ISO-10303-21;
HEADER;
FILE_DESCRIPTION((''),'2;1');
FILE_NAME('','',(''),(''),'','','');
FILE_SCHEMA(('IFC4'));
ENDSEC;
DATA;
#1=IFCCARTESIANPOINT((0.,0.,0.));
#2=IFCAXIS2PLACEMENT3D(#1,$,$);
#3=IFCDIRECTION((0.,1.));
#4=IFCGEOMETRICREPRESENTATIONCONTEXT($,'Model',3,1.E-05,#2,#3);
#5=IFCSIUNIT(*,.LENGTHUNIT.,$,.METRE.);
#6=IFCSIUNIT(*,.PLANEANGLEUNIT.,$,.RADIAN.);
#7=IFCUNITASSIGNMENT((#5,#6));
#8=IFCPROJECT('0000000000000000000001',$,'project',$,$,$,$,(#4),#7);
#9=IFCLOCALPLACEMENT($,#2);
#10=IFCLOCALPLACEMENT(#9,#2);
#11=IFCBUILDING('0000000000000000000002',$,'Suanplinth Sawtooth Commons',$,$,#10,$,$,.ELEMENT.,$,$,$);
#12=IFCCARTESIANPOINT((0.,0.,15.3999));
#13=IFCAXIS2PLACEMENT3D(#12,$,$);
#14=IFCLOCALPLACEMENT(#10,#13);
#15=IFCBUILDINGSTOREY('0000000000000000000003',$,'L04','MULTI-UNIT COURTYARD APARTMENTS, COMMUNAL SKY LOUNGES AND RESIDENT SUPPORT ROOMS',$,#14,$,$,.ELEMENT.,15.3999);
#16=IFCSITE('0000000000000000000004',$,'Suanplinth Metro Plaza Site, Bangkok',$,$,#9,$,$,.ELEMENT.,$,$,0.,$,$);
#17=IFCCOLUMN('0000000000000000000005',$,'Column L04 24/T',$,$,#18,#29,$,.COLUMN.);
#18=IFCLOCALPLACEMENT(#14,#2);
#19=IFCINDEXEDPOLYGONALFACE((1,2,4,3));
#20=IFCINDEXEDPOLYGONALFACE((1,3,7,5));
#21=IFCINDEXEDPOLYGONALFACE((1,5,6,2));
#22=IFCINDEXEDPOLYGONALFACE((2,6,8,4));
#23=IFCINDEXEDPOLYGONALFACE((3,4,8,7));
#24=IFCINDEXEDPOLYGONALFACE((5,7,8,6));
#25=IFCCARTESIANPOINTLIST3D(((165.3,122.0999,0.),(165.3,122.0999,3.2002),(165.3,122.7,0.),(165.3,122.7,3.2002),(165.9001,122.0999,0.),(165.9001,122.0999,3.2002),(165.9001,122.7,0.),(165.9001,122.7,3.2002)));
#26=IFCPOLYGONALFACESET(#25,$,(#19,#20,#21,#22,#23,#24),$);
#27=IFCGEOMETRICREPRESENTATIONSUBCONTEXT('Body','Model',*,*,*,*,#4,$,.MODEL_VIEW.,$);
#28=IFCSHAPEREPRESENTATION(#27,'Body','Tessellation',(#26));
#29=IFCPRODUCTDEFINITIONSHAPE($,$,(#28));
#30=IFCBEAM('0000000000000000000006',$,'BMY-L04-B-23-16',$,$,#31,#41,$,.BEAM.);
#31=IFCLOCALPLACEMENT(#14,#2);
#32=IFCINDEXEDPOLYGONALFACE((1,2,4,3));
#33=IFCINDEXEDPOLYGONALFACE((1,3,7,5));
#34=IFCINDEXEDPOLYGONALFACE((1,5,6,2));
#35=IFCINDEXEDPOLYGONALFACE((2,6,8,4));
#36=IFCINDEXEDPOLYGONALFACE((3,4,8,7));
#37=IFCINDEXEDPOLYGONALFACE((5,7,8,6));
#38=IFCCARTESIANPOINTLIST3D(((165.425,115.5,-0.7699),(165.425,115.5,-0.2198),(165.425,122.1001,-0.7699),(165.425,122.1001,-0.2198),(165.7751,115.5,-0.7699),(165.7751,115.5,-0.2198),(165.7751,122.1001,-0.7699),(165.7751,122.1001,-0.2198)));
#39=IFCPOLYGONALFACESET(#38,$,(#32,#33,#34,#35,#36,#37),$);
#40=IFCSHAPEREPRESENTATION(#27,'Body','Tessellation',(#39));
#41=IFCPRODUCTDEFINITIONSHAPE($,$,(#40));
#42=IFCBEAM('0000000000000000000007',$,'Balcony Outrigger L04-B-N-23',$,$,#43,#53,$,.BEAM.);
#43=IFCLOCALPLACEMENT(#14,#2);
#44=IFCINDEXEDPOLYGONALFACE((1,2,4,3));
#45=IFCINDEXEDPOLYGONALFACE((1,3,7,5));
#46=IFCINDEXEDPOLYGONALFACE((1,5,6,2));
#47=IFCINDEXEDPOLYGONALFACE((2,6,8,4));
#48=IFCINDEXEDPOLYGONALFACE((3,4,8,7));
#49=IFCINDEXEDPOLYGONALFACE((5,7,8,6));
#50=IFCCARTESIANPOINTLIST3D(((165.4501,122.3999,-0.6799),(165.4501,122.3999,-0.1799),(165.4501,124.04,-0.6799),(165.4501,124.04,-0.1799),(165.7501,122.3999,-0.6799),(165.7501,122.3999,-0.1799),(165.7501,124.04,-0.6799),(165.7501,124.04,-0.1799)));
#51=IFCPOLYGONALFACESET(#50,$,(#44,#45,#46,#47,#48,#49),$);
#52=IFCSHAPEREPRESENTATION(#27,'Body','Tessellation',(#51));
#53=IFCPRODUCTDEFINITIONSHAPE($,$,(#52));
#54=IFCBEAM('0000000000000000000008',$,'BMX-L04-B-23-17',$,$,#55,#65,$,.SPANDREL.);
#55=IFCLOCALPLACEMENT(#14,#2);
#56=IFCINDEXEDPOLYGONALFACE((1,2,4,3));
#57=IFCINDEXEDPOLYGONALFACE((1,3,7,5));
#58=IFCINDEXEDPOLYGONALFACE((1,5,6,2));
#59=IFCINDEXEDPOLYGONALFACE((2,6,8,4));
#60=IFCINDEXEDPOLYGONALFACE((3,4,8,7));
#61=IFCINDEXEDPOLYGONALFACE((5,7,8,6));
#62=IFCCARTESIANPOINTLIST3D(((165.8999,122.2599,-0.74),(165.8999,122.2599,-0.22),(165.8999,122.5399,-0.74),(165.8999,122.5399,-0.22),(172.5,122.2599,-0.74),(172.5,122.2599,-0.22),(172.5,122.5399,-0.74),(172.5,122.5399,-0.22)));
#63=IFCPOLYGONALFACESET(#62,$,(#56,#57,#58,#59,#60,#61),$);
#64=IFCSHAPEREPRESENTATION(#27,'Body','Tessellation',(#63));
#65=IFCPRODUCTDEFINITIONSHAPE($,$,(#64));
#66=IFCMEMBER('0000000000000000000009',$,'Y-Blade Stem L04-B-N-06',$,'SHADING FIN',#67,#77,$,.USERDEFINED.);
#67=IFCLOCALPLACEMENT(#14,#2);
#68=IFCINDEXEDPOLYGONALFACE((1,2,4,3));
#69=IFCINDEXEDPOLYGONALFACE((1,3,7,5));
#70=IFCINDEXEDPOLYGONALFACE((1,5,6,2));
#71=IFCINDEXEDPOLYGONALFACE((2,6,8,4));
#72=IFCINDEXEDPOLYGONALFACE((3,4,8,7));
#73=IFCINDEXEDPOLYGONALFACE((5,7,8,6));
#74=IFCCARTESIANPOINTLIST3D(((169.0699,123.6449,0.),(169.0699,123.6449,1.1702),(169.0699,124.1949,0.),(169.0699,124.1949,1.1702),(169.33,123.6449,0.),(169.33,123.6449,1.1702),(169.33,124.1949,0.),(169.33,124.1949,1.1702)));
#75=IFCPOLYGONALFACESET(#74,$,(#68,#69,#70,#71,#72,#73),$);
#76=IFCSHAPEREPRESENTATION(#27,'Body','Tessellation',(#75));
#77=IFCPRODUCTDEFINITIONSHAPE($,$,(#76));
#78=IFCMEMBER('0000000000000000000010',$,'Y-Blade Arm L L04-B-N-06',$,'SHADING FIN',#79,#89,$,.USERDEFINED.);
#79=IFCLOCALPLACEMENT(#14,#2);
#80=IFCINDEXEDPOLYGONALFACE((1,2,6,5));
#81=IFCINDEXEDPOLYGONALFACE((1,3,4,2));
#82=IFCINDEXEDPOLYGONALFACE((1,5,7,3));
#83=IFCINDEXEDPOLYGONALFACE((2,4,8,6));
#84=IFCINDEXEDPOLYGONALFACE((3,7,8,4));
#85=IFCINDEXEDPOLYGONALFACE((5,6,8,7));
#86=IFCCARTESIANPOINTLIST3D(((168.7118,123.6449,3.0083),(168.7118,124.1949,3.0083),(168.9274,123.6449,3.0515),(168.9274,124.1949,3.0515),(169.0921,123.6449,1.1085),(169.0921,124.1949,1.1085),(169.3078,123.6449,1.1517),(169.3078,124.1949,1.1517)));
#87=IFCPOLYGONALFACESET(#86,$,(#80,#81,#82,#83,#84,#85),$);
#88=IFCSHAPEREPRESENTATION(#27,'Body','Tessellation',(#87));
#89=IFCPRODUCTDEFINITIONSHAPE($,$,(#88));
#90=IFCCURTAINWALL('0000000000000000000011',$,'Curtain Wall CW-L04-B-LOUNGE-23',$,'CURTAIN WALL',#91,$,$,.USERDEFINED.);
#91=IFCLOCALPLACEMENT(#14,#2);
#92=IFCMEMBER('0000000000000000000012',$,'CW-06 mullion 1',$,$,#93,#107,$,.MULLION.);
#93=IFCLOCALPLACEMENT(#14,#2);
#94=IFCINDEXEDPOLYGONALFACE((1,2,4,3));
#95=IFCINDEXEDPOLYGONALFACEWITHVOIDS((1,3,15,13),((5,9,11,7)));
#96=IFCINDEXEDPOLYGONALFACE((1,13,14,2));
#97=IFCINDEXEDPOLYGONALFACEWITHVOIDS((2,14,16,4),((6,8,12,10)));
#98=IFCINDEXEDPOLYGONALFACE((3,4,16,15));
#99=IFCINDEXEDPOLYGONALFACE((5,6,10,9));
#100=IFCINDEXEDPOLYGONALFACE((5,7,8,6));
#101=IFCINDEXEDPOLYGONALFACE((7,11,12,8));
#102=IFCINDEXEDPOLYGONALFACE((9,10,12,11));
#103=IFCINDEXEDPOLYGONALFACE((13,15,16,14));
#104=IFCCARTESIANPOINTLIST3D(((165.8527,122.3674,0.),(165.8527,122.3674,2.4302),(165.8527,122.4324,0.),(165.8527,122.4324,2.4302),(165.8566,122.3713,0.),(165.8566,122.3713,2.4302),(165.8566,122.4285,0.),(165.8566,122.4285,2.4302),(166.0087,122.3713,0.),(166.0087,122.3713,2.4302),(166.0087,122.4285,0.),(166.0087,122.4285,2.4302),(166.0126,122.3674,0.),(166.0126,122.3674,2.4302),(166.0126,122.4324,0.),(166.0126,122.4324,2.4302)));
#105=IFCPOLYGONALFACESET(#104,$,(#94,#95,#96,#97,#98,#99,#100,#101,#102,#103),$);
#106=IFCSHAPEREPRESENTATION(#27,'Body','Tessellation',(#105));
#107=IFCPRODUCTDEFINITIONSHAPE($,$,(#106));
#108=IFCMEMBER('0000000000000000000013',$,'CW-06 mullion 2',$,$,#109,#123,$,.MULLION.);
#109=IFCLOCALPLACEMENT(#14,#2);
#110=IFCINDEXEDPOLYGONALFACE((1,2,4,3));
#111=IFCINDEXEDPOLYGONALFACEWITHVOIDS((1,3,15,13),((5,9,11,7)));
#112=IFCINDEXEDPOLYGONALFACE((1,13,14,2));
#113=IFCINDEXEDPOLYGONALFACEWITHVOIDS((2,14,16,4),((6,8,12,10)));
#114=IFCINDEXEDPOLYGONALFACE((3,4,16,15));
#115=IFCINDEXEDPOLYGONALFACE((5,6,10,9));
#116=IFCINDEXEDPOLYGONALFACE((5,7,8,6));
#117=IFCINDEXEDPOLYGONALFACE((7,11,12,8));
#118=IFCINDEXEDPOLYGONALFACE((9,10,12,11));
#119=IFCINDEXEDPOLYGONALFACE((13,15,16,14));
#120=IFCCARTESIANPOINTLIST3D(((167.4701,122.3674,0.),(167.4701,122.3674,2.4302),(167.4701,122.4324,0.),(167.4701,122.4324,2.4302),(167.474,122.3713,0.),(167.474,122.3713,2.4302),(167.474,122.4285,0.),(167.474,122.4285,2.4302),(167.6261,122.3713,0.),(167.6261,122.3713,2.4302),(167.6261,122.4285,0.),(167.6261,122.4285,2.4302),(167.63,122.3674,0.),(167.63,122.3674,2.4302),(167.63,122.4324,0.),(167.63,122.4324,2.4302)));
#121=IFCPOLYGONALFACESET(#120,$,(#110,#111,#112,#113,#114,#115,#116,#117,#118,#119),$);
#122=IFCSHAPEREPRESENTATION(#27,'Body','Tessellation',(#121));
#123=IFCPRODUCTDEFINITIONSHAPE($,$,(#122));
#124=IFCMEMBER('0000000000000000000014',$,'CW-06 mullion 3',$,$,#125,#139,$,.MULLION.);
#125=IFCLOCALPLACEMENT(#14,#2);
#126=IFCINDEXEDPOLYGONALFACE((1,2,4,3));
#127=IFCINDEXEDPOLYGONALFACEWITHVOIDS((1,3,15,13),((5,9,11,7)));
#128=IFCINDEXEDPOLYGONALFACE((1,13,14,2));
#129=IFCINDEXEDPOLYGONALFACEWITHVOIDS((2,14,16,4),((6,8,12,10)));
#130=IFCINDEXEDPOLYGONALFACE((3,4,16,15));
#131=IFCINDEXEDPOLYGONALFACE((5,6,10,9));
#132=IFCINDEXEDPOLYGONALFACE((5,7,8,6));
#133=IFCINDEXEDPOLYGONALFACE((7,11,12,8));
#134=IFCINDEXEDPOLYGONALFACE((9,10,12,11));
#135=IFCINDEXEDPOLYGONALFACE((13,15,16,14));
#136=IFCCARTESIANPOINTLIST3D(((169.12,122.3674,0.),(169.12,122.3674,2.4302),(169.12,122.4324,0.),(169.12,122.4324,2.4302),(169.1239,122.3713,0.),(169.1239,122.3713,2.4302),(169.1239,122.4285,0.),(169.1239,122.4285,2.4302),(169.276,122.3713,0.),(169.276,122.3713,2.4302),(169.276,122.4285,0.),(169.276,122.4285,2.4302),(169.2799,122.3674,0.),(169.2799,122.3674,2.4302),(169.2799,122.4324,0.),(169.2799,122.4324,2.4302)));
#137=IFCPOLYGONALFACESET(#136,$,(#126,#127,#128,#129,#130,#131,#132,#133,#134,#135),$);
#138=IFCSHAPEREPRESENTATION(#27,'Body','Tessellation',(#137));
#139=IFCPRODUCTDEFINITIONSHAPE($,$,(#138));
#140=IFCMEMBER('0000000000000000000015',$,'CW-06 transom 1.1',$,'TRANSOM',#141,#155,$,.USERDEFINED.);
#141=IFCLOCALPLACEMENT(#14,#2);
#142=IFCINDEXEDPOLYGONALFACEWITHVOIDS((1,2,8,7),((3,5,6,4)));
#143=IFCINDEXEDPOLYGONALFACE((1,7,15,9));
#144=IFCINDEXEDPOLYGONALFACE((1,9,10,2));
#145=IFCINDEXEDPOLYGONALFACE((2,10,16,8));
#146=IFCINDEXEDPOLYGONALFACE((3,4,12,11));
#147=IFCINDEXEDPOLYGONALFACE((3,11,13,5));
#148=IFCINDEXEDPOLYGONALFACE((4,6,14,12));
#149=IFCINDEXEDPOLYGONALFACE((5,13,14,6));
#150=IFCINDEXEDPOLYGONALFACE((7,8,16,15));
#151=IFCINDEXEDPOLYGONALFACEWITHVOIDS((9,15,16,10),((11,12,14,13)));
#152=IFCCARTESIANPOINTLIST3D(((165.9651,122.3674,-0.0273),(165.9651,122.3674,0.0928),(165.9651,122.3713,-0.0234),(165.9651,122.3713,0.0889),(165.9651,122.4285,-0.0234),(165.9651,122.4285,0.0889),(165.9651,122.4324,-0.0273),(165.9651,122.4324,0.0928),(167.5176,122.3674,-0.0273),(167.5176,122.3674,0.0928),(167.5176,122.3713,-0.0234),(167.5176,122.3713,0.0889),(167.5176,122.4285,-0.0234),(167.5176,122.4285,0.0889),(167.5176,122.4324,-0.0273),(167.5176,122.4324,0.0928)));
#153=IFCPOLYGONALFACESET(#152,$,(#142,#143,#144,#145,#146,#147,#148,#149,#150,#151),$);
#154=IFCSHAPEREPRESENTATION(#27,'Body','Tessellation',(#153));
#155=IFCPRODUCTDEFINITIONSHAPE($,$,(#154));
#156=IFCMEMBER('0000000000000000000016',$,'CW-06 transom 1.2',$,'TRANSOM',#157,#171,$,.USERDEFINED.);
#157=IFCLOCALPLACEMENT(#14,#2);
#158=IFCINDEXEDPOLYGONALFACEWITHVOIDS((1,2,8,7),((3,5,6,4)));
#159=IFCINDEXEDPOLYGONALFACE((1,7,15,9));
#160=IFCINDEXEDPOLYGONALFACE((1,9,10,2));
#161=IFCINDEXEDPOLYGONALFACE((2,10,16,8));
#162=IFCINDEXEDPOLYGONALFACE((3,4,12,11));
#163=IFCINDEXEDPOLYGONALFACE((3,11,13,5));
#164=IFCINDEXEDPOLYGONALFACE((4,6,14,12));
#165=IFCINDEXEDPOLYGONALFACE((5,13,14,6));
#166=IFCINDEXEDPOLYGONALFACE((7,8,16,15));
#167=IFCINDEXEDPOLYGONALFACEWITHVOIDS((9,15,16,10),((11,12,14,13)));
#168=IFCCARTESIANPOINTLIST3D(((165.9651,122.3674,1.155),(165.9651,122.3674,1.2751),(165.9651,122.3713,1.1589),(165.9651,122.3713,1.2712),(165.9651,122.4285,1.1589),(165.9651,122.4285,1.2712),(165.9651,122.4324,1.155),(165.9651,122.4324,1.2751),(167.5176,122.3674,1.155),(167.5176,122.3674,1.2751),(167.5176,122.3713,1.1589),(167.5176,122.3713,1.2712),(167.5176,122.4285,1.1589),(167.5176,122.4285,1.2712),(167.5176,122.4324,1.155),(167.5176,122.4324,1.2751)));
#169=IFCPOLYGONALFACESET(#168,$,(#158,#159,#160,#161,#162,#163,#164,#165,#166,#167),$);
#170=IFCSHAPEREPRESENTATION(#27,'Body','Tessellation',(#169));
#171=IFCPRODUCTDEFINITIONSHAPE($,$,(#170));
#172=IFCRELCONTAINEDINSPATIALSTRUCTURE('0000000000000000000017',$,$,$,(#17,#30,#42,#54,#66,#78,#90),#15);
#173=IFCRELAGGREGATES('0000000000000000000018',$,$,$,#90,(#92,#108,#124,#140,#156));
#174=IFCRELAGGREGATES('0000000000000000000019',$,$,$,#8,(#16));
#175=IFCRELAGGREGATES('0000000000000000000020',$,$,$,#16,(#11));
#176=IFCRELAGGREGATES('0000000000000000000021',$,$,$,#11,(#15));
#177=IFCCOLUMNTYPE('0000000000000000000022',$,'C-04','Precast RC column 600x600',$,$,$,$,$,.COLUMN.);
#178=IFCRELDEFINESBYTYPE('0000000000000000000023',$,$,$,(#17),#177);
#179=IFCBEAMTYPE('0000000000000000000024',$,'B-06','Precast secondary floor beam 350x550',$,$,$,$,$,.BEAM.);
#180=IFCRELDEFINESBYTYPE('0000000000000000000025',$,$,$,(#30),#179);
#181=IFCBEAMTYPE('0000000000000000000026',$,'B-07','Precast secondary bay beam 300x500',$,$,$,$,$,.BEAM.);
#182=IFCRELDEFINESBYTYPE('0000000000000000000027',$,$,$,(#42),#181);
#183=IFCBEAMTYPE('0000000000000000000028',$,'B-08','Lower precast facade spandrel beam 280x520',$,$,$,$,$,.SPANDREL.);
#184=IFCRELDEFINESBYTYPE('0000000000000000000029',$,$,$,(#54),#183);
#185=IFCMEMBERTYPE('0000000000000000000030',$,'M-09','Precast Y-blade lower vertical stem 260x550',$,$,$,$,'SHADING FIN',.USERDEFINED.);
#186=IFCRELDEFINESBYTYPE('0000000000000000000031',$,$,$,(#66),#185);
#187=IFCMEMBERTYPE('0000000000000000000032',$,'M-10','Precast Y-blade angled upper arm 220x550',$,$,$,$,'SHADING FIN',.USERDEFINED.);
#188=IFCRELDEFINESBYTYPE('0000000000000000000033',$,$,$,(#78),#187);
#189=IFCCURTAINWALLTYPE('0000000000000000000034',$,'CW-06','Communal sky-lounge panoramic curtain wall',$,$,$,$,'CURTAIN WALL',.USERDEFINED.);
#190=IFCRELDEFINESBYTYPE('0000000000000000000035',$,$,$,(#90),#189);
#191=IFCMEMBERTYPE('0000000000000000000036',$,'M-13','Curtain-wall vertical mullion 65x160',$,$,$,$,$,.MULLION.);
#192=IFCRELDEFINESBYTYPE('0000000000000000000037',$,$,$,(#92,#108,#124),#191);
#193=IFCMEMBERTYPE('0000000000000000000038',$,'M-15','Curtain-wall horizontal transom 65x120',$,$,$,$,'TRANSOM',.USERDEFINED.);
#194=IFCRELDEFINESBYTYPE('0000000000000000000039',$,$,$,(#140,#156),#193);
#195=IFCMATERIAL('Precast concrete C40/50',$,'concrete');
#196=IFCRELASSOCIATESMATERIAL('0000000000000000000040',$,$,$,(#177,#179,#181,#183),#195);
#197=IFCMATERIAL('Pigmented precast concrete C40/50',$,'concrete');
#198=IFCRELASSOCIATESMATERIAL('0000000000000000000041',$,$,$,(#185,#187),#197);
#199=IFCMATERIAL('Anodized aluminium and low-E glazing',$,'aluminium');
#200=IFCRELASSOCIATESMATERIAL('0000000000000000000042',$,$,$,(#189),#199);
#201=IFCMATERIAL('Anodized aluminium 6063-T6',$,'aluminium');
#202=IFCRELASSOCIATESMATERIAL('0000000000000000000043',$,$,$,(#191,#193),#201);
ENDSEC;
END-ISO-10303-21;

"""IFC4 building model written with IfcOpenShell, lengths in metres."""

from ifc_helpers import new_model, si_unit, direction, frame, origin, origin_2d, place, context, subcontext, project, spatial, rectangle, hollow_rectangle, extrude, material, material_profile, profile_set, type_object, element, aggregate, save


model = new_model("IFC4")

# Units and contexts
model_context = context("Model", 3, precision=1e-05, world=origin(), true_north=direction((0.0, 1.0)))
body_context = subcontext(model_context, "Body", "Model", "MODEL_VIEW")
ifc_project = project(units=[si_unit("LENGTHUNIT", "METRE"), si_unit("PLANEANGLEUNIT", "RADIAN")], contexts=[model_context])

# Site, building, storey
site_placement = place(None, origin())
site = spatial("IfcSite", under=ifc_project, at=site_placement, Name="Suanplinth Metro Plaza Site, Bangkok", CompositionType="ELEMENT", RefElevation=0.0)
building_placement = place(site_placement, origin())
building = spatial("IfcBuilding", under=site, at=building_placement, Name="Suanplinth Sawtooth Commons", CompositionType="ELEMENT")
storey_placement = place(building_placement, frame((0.0, 0.0, 15.3999)))
storey = spatial("IfcBuildingStorey", under=building, at=storey_placement, Name="L04", Description="MULTI-UNIT COURTYARD APARTMENTS, COMMUNAL SKY LOUNGES AND RESIDENT SUPPORT ROOMS", CompositionType="ELEMENT", Elevation=15.3999)

# Column
ifc_material_1 = material(Name="Precast concrete C40/50", Category="concrete")
ifc_material_profile_1 = material_profile(ifc_material_1, rectangle(XDim=0.6001, YDim=0.6001, at=origin_2d()), Name="PC-COL 600x600")
ifc_profile_set_1 = profile_set([ifc_material_profile_1], Name="Precast concrete C40/50")
column_type = type_object("IfcColumnType", Name="C-04", Description="Precast RC column 600x600", PredefinedType="COLUMN", material=ifc_profile_set_1)
column_placement = place(storey_placement, frame((165.6001, 122.3999, 0.0), z_axis=(0.0, 0.0, 1.0), x_axis=(1.0, 0.0, 0.0)))
element("IfcColumn", 1, at=column_placement, inside=storey, type_object=column_type, Name="Column L04 24/T", PredefinedType="COLUMN", context=body_context, shape_type="SweptSolid", body=[
    extrude(rectangle(XDim=0.6001, YDim=0.6001, at=origin_2d()), origin(), (0.0, 0.0, 1.0), 3.2002),
])

# Beams
ifc_material_profile_2 = material_profile(ifc_material_1, rectangle(XDim=0.3501, YDim=0.55, at=origin_2d()), Name="PC-BM 350x550")
ifc_profile_set_2 = profile_set([ifc_material_profile_2], Name="Precast concrete C40/50")
beam_type_1 = type_object("IfcBeamType", Name="B-06", Description="Precast secondary floor beam 350x550", PredefinedType="BEAM", material=ifc_profile_set_2)
beam_1_placement = place(storey_placement, frame((165.6001, 115.5, -0.4949), z_axis=(0.0, 1.0, 0.0), x_axis=(-1.0, 0.0, 0.0)))
element("IfcBeam", 2, at=beam_1_placement, inside=storey, type_object=beam_type_1, Name="BMY-L04-B-23-16", PredefinedType="BEAM", context=body_context, shape_type="SweptSolid", body=[
    extrude(rectangle(XDim=0.3501, YDim=0.55, at=origin_2d()), origin(), (0.0, 0.0, 1.0), 6.6001),
])
ifc_material_profile_3 = material_profile(ifc_material_1, rectangle(XDim=0.3, YDim=0.5, at=origin_2d()), Name="PC-BM 300x500")
ifc_profile_set_3 = profile_set([ifc_material_profile_3], Name="Precast concrete C40/50")
beam_type_2 = type_object("IfcBeamType", Name="B-07", Description="Precast secondary bay beam 300x500", PredefinedType="BEAM", material=ifc_profile_set_3)
beam_2_placement = place(storey_placement, frame((165.6001, 122.3999, -0.4299), z_axis=(0.0, 1.0, 0.0), x_axis=(-1.0, 0.0, 0.0)))
element("IfcBeam", 3, at=beam_2_placement, inside=storey, type_object=beam_type_2, Name="Balcony Outrigger L04-B-N-23", PredefinedType="BEAM", context=body_context, shape_type="SweptSolid", body=[
    extrude(rectangle(XDim=0.3, YDim=0.5, at=origin_2d()), origin(), (0.0, 0.0, 1.0), 1.6401),
])
ifc_material_profile_4 = material_profile(ifc_material_1, rectangle(XDim=0.28, YDim=0.52, at=origin_2d()), Name="PC-SP 280x520")
ifc_profile_set_4 = profile_set([ifc_material_profile_4], Name="Precast concrete C40/50")
beam_type_3 = type_object("IfcBeamType", Name="B-08", Description="Lower precast facade spandrel beam 280x520", PredefinedType="SPANDREL", material=ifc_profile_set_4)
beam_3_placement = place(storey_placement, frame((165.8999, 122.3999, -0.48), z_axis=(1.0, 0.0, 0.0), x_axis=(0.0, 1.0, 0.0)))
element("IfcBeam", 4, at=beam_3_placement, inside=storey, type_object=beam_type_3, Name="BMX-L04-B-23-17", PredefinedType="SPANDREL", context=body_context, shape_type="SweptSolid", body=[
    extrude(rectangle(XDim=0.28, YDim=0.52, at=origin_2d()), origin(), (0.0, 0.0, 1.0), 6.6001),
])

# Members
ifc_material_2 = material(Name="Pigmented precast concrete C40/50", Category="concrete")
ifc_material_profile_5 = material_profile(ifc_material_2, rectangle(XDim=0.26, YDim=0.55, at=origin_2d()), Name="PC-FIN 260x550")
ifc_profile_set_5 = profile_set([ifc_material_profile_5], Name="Pigmented precast concrete C40/50")
member_type_1 = type_object("IfcMemberType", Name="M-09", Description="Precast Y-blade lower vertical stem 260x550", ElementType="SHADING FIN", PredefinedType="USERDEFINED", material=ifc_profile_set_5)
member_1_placement = place(storey_placement, frame((169.2, 123.9199, 0.0), z_axis=(0.0, 0.0, 1.0), x_axis=(1.0, 0.0, 0.0)))
element("IfcMember", 5, at=member_1_placement, inside=storey, type_object=member_type_1, Name="Y-Blade Stem L04-B-N-06", ObjectType="SHADING FIN", PredefinedType="USERDEFINED", context=body_context, shape_type="SweptSolid", body=[
    extrude(rectangle(XDim=0.26, YDim=0.55, at=origin_2d()), origin(), (0.0, 0.0, 1.0), 1.1702),
])
ifc_material_profile_6 = material_profile(ifc_material_2, rectangle(XDim=0.22, YDim=0.55, at=origin_2d()), Name="PC-FIN 220x550")
ifc_profile_set_6 = profile_set([ifc_material_profile_6], Name="Pigmented precast concrete C40/50")
member_type_2 = type_object("IfcMemberType", Name="M-10", Description="Precast Y-blade angled upper arm 220x550", ElementType="SHADING FIN", PredefinedType="USERDEFINED", material=ifc_profile_set_6)
member_2_placement = place(storey_placement, frame((169.2, 123.9199, 1.1301), z_axis=(-0.19631, 0.0, 0.980542), x_axis=(0.980542, 0.0, 0.19631)))
element("IfcMember", 6, at=member_2_placement, inside=storey, type_object=member_type_2, Name="Y-Blade Arm L L04-B-N-06", ObjectType="SHADING FIN", PredefinedType="USERDEFINED", context=body_context, shape_type="SweptSolid", body=[
    extrude(rectangle(XDim=0.22, YDim=0.55, at=origin_2d()), origin(), (0.0, 0.0, 1.0), 1.9375),
])

# Curtain wall, members
ifc_material_3 = material(Name="Anodized aluminium and low-E glazing", Category="aluminium")
curtain_wall_type = type_object("IfcCurtainWallType", Name="CW-06", Description="Communal sky-lounge panoramic curtain wall", ElementType="CURTAIN WALL", PredefinedType="USERDEFINED", material=ifc_material_3)
curtain_wall_placement = place(storey_placement, origin())
curtain_wall = element("IfcCurtainWall", 7, at=curtain_wall_placement, inside=storey, type_object=curtain_wall_type, Name="Curtain Wall CW-L04-B-LOUNGE-23", ObjectType="CURTAIN WALL", PredefinedType="USERDEFINED")
ifc_material_4 = material(Name="Anodized aluminium 6063-T6", Category="aluminium")
ifc_material_profile_7 = material_profile(ifc_material_4, hollow_rectangle(XDim=0.0649, YDim=0.1599, WallThickness=0.0039, at=origin_2d()), Name="ALU-MUL 65x160")
ifc_profile_set_7 = profile_set([ifc_material_profile_7], Name="Anodized aluminium 6063-T6")
member_type_3 = type_object("IfcMemberType", Name="M-13", Description="Curtain-wall vertical mullion 65x160", PredefinedType="MULLION", material=ifc_profile_set_7)
member_3_placement = place(storey_placement, frame((165.9326, 122.3999, 0.0), z_axis=(0.0, 0.0, 1.0), x_axis=(0.0, 1.0, 0.0)))
member_3 = element("IfcMember", 8, at=member_3_placement, type_object=member_type_3, Name="CW-06 mullion 1", PredefinedType="MULLION", context=body_context, shape_type="SweptSolid", body=[
    extrude(hollow_rectangle(XDim=0.0649, YDim=0.1599, WallThickness=0.0039, at=origin_2d()), origin(), (0.0, 0.0, 1.0), 2.4302),
])
member_4_placement = place(storey_placement, frame((167.55, 122.3999, 0.0), z_axis=(0.0, 0.0, 1.0), x_axis=(0.0, 1.0, 0.0)))
member_4 = element("IfcMember", 9, at=member_4_placement, type_object=member_type_3, Name="CW-06 mullion 2", PredefinedType="MULLION", context=body_context, shape_type="SweptSolid", body=[
    extrude(hollow_rectangle(XDim=0.0649, YDim=0.1599, WallThickness=0.0039, at=origin_2d()), origin(), (0.0, 0.0, 1.0), 2.4302),
])
member_5_placement = place(storey_placement, frame((169.2, 122.3999, 0.0), z_axis=(0.0, 0.0, 1.0), x_axis=(0.0, 1.0, 0.0)))
member_5 = element("IfcMember", 10, at=member_5_placement, type_object=member_type_3, Name="CW-06 mullion 3", PredefinedType="MULLION", context=body_context, shape_type="SweptSolid", body=[
    extrude(hollow_rectangle(XDim=0.0649, YDim=0.1599, WallThickness=0.0039, at=origin_2d()), origin(), (0.0, 0.0, 1.0), 2.4302),
])
ifc_material_profile_8 = material_profile(ifc_material_4, hollow_rectangle(XDim=0.0649, YDim=0.1201, WallThickness=0.0039, at=origin_2d()), Name="ALU-TRN 65x120")
ifc_profile_set_8 = profile_set([ifc_material_profile_8], Name="Anodized aluminium 6063-T6")
member_type_4 = type_object("IfcMemberType", Name="M-15", Description="Curtain-wall horizontal transom 65x120", ElementType="TRANSOM", PredefinedType="USERDEFINED", material=ifc_profile_set_8)
member_6_placement = place(storey_placement, frame((165.9651, 122.3999, 0.0327), z_axis=(1.0, 0.0, 0.0), x_axis=(0.0, 1.0, 0.0)))
member_6 = element("IfcMember", 11, at=member_6_placement, type_object=member_type_4, Name="CW-06 transom 1.1", ObjectType="TRANSOM", PredefinedType="USERDEFINED", context=body_context, shape_type="SweptSolid", body=[
    extrude(hollow_rectangle(XDim=0.0649, YDim=0.1201, WallThickness=0.0039, at=origin_2d()), origin(), (0.0, 0.0, 1.0), 1.5525),
])
member_7_placement = place(storey_placement, frame((165.9651, 122.3999, 1.2151), z_axis=(1.0, 0.0, 0.0), x_axis=(0.0, 1.0, 0.0)))
member_7 = element("IfcMember", 12, at=member_7_placement, type_object=member_type_4, Name="CW-06 transom 1.2", ObjectType="TRANSOM", PredefinedType="USERDEFINED", context=body_context, shape_type="SweptSolid", body=[
    extrude(hollow_rectangle(XDim=0.0649, YDim=0.1201, WallThickness=0.0039, at=origin_2d()), origin(), (0.0, 0.0, 1.0), 1.5525),
])

aggregate(curtain_wall, [member_3, member_4, member_5, member_6, member_7])

save(model, "model.ifc")
